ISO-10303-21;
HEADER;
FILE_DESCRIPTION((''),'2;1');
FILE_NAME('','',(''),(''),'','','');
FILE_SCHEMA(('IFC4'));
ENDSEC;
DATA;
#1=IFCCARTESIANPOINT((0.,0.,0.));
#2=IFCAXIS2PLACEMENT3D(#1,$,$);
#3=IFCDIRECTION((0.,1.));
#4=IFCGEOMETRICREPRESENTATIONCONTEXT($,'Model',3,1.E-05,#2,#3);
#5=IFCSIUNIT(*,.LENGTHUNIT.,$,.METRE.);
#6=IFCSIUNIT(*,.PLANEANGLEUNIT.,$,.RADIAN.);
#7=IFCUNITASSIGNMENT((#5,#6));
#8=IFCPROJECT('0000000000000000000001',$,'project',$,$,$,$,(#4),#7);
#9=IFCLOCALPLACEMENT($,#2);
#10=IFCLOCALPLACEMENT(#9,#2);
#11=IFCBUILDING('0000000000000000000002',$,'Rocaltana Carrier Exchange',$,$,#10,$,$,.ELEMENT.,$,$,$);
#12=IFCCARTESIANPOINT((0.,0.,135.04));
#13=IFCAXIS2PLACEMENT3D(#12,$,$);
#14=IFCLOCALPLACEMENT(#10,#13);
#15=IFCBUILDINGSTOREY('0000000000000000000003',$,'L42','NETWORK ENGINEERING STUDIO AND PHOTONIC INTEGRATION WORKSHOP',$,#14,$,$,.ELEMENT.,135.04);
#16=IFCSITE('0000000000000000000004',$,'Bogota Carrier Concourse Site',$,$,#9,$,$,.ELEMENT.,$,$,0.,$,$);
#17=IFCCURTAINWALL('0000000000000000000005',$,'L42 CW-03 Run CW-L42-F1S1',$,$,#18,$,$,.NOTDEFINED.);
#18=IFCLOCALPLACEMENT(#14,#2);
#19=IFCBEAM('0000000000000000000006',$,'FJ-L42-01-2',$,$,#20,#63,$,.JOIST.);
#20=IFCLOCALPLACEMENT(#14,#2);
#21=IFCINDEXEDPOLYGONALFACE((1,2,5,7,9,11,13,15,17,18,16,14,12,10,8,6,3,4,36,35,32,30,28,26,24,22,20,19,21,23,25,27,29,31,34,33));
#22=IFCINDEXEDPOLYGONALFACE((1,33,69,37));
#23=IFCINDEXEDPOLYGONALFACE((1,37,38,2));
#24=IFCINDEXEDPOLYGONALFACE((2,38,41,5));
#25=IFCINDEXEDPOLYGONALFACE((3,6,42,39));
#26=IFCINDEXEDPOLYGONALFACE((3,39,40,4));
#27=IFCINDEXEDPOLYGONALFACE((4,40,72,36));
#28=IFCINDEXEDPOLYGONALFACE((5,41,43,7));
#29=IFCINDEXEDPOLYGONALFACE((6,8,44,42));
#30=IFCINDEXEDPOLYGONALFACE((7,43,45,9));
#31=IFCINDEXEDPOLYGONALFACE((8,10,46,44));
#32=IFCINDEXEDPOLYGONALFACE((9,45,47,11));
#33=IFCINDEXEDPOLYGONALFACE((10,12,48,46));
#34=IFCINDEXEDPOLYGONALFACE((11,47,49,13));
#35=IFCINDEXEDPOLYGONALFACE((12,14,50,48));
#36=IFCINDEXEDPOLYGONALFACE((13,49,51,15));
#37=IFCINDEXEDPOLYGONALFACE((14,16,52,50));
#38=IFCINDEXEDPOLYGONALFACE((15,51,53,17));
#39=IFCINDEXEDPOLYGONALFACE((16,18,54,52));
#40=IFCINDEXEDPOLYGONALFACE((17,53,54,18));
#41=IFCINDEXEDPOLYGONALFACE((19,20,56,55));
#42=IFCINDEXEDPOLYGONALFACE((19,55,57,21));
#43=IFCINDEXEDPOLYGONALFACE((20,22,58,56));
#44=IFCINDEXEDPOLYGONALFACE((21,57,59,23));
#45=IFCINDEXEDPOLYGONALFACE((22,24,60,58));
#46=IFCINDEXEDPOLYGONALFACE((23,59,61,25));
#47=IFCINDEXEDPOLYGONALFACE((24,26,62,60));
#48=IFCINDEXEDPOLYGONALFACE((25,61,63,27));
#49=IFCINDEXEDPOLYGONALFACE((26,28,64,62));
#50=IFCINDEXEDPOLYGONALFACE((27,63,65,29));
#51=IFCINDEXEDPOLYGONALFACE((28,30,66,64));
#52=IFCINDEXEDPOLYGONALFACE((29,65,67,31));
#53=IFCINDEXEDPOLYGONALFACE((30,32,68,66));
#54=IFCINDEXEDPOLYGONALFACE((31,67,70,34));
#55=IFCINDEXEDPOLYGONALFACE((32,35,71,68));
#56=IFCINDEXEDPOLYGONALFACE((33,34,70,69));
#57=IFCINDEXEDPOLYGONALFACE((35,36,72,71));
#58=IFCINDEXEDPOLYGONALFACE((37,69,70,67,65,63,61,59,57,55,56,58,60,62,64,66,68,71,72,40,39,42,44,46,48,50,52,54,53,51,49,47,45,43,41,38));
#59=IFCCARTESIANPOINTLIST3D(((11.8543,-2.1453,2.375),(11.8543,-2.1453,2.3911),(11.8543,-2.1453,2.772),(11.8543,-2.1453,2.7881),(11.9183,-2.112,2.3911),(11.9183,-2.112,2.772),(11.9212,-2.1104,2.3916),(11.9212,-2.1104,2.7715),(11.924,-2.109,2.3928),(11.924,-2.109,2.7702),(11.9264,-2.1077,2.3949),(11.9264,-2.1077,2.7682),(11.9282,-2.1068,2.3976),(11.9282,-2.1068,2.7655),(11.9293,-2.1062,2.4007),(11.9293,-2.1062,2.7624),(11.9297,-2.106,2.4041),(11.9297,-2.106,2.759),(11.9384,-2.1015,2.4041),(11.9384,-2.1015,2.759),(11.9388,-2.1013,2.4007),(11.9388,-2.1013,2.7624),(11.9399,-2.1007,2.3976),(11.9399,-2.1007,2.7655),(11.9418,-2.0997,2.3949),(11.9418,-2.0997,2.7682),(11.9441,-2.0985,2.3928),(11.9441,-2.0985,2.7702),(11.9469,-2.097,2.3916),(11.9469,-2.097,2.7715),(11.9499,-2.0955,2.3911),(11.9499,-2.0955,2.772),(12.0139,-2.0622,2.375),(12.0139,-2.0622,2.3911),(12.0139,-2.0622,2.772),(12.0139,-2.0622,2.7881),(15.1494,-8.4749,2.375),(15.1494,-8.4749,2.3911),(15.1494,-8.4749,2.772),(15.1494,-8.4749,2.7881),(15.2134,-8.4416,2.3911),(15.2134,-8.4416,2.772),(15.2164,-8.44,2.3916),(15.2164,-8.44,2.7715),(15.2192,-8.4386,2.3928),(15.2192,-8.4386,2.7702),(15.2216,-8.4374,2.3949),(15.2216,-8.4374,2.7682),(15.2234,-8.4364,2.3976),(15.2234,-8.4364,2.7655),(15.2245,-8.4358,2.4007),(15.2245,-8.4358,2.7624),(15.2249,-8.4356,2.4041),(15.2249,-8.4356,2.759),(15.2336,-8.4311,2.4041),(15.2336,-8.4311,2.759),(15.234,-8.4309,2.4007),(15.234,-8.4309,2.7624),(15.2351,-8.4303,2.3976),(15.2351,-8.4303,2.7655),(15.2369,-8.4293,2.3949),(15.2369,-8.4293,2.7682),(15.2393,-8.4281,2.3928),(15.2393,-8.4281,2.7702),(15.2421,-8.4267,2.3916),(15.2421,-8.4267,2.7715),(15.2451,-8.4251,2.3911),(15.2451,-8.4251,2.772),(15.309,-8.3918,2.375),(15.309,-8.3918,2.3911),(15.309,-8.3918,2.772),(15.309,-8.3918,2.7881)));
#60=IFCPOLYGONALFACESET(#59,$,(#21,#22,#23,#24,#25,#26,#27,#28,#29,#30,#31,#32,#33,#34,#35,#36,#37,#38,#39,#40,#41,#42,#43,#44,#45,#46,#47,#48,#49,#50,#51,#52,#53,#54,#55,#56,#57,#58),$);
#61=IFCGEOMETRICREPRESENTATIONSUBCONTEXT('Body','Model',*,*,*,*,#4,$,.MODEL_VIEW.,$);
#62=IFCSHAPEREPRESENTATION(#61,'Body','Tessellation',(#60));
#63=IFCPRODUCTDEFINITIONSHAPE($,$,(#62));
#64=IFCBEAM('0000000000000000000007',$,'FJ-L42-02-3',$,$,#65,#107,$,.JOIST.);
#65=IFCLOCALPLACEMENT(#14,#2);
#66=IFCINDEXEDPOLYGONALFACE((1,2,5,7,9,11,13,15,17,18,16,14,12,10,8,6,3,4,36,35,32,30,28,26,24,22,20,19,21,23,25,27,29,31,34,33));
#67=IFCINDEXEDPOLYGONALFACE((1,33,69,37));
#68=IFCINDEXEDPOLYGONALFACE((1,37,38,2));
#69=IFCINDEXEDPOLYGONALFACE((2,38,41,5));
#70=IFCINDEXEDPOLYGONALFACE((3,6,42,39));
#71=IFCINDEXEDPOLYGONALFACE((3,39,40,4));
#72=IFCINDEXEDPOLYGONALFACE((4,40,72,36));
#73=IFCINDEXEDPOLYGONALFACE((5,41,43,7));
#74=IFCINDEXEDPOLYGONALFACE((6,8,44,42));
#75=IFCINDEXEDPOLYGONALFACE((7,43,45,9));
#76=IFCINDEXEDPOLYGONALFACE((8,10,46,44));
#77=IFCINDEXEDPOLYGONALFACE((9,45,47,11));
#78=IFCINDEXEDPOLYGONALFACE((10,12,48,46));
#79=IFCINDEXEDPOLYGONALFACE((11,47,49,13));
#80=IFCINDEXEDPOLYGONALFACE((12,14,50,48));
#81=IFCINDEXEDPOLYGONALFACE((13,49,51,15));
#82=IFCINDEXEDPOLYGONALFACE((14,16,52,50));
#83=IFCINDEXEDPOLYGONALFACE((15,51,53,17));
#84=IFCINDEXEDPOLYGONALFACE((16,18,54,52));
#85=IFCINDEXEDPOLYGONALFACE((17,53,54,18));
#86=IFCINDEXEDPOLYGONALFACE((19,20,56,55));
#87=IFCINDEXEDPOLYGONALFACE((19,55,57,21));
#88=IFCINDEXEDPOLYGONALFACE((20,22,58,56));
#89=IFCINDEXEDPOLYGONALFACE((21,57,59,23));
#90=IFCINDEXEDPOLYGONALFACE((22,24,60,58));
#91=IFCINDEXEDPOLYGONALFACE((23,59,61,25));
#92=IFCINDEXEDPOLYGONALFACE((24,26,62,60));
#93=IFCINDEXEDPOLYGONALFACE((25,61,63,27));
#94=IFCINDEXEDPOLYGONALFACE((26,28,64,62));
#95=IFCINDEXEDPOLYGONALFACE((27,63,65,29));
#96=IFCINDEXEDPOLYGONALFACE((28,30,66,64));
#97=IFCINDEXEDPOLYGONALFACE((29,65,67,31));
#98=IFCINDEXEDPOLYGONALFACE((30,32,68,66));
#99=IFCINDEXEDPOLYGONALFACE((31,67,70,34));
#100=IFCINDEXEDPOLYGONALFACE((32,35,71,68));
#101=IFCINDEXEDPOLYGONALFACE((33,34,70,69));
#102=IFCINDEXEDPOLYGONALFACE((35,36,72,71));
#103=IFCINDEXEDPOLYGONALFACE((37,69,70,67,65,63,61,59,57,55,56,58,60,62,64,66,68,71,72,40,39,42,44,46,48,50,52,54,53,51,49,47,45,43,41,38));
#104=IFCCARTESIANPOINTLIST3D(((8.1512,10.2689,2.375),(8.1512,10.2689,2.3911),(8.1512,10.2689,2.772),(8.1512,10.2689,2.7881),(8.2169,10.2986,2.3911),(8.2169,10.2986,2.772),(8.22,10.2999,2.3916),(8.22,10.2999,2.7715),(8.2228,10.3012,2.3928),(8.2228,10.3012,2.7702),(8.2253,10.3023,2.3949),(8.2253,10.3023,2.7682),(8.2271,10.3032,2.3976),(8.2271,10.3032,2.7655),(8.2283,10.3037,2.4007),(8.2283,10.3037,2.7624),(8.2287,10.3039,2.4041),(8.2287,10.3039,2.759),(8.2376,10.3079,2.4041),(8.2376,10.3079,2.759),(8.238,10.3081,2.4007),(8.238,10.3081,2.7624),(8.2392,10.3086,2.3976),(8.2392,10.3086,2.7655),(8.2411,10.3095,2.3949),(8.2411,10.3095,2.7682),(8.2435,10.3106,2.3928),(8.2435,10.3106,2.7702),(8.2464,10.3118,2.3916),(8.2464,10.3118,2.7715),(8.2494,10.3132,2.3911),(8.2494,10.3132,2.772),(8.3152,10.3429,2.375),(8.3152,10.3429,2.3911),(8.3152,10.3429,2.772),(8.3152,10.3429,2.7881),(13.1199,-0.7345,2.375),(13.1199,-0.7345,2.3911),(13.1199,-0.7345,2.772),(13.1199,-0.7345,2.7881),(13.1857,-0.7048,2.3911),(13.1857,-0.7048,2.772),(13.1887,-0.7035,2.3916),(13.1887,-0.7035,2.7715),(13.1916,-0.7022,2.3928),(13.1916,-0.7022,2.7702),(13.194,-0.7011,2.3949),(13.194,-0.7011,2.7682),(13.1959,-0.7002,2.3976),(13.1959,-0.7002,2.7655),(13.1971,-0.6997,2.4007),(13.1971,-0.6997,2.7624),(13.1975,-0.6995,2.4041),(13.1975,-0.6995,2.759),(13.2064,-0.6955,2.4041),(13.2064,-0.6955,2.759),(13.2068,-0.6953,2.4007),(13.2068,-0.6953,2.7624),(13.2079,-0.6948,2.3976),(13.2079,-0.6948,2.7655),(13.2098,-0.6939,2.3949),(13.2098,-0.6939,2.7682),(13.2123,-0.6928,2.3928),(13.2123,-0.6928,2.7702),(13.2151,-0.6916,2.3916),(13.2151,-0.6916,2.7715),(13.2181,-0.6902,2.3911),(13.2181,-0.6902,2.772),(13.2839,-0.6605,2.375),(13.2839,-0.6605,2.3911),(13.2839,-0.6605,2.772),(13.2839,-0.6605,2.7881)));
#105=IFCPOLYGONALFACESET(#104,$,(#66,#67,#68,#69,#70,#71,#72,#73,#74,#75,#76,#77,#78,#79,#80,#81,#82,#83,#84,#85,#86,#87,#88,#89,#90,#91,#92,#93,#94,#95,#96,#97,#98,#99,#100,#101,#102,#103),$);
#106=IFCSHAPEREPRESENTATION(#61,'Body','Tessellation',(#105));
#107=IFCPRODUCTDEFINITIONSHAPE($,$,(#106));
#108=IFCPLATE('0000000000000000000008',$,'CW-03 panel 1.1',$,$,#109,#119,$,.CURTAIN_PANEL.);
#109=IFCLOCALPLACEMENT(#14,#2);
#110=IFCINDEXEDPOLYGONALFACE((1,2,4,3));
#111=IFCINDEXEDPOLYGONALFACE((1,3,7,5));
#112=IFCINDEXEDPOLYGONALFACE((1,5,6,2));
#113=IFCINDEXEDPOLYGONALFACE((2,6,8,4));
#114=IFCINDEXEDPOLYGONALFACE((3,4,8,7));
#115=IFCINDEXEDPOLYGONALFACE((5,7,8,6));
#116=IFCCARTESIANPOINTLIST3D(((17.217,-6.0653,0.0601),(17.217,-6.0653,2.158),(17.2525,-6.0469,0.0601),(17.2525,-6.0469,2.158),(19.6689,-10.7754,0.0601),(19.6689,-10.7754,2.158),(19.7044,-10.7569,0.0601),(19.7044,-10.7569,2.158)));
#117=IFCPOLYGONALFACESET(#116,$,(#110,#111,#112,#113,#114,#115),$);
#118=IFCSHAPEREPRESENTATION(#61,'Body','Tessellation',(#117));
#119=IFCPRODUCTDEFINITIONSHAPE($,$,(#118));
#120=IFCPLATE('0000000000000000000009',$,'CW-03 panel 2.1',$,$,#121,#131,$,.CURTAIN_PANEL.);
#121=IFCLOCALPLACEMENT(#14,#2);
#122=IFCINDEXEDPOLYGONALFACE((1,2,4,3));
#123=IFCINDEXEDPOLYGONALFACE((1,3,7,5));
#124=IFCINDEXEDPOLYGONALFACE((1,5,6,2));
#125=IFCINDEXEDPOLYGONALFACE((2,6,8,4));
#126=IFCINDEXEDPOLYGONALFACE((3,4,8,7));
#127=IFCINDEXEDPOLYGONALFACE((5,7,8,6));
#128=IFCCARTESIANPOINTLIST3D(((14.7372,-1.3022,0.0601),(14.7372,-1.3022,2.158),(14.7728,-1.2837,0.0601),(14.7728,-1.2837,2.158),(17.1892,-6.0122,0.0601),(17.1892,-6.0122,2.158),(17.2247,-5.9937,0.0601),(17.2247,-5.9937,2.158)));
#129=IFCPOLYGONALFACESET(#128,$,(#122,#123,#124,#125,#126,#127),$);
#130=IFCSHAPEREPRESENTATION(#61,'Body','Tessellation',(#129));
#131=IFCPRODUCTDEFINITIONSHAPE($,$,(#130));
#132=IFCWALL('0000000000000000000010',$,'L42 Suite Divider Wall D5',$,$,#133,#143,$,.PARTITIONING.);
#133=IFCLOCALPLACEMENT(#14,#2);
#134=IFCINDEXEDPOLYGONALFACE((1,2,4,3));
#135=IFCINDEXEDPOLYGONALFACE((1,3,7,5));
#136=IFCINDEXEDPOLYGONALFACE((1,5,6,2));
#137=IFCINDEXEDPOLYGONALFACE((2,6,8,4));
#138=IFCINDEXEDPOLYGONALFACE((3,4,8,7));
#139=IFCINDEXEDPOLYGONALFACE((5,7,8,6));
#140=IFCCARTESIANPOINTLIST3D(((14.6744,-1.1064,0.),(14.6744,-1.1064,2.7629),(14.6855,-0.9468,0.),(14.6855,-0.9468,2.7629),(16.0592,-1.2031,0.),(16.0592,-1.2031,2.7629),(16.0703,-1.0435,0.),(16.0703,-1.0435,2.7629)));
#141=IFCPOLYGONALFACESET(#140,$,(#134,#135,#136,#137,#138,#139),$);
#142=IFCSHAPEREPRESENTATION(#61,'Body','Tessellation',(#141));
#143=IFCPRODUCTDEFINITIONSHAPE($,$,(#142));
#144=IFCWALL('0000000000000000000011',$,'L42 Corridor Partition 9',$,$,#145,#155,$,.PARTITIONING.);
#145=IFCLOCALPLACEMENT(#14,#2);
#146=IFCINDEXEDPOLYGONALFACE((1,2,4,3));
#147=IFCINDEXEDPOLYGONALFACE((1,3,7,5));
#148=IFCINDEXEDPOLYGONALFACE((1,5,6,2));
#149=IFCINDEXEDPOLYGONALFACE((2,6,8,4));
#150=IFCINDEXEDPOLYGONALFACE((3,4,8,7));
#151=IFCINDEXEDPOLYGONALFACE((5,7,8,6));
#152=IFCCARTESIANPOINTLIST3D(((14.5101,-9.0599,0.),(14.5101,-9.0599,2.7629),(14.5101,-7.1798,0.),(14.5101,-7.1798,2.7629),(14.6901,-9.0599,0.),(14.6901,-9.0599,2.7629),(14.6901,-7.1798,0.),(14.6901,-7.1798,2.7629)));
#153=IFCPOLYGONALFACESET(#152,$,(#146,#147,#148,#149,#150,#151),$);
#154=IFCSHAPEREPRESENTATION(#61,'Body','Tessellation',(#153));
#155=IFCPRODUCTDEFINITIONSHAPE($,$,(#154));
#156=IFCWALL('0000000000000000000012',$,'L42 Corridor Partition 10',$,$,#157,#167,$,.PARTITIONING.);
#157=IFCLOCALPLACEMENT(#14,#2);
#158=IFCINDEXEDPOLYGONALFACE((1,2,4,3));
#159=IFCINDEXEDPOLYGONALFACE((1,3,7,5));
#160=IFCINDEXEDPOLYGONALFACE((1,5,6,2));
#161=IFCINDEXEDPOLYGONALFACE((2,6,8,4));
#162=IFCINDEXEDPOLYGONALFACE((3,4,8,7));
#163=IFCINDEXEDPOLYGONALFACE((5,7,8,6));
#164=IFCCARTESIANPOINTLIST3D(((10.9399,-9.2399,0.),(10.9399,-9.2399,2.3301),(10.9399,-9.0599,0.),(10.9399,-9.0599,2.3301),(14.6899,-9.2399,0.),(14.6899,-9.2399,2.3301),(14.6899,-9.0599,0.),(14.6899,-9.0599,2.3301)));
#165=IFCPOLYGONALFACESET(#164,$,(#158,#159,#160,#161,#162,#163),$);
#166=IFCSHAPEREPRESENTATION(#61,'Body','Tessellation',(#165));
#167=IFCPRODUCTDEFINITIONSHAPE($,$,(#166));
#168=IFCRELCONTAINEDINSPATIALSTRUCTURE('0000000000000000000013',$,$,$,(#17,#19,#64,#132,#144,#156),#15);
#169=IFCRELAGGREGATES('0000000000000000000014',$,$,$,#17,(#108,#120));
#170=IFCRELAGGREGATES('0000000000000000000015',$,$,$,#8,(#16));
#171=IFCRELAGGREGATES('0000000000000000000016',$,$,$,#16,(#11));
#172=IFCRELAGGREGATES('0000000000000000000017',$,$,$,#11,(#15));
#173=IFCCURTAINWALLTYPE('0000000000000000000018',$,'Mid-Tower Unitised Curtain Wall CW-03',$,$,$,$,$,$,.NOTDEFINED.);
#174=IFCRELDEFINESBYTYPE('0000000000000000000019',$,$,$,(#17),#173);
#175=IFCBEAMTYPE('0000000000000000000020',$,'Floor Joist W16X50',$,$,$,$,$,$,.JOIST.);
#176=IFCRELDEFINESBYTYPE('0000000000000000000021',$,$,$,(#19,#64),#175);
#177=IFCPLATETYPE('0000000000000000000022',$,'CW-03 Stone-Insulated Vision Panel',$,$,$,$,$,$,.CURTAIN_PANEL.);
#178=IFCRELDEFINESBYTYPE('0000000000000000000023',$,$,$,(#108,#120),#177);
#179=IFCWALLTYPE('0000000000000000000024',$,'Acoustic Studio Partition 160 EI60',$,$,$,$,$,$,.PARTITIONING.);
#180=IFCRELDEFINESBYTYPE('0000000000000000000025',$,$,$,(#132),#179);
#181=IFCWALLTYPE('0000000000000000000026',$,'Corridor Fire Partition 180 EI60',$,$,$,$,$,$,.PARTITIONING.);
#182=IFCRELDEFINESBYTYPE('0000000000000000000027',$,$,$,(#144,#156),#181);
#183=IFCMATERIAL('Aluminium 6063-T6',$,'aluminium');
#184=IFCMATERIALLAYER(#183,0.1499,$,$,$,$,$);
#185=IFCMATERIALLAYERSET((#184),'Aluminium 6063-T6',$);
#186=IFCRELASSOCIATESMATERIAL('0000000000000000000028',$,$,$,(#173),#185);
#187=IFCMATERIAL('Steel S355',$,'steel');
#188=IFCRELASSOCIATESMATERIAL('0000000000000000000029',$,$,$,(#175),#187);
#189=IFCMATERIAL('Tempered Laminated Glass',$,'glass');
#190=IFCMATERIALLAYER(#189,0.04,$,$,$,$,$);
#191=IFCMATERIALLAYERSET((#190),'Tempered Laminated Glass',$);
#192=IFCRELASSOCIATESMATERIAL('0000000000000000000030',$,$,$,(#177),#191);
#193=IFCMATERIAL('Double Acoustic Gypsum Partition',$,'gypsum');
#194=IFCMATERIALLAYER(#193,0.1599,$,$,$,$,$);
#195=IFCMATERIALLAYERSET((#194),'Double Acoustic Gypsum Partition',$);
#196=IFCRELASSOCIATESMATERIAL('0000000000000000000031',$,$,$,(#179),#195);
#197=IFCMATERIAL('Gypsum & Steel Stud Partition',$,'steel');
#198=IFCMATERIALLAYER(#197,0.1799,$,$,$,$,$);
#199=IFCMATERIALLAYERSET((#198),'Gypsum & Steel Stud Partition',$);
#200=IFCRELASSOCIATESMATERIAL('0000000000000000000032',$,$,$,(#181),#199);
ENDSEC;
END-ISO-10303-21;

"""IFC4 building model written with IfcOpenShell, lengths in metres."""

from ifc_helpers import new_model, si_unit, direction, frame, frame_2d, origin, origin_2d, place, context, subcontext, project, spatial, rectangle, i_section, extrude, material, layer, layer_set, material_profile, profile_set, type_object, element, aggregate, save


model = new_model("IFC4")

# Units and contexts
model_context = context("Model", 3, precision=1e-05, world=origin(), true_north=direction((0.0, 1.0)))
body_context = subcontext(model_context, "Body", "Model", "MODEL_VIEW")
ifc_project = project(units=[si_unit("LENGTHUNIT", "METRE"), si_unit("PLANEANGLEUNIT", "RADIAN")], contexts=[model_context])

# Site, building, storey
site_placement = place(None, origin())
site = spatial("IfcSite", under=ifc_project, at=site_placement, Name="Bogota Carrier Concourse Site", CompositionType="ELEMENT", RefElevation=0.0)
building_placement = place(site_placement, origin())
building = spatial("IfcBuilding", under=site, at=building_placement, Name="Rocaltana Carrier Exchange", CompositionType="ELEMENT")
storey_placement = place(building_placement, frame((0.0, 0.0, 135.04)))
storey = spatial("IfcBuildingStorey", under=building, at=storey_placement, Name="L42", Description="NETWORK ENGINEERING STUDIO AND PHOTONIC INTEGRATION WORKSHOP", CompositionType="ELEMENT", Elevation=135.04)

# Curtain wall
ifc_material_1 = material(Name="Aluminium 6063-T6", Category="aluminium")
ifc_layer_1 = layer(ifc_material_1, 0.1499)
ifc_layer_set_1 = layer_set([ifc_layer_1], Name="Aluminium 6063-T6")
curtain_wall_type = type_object("IfcCurtainWallType", Name="Mid-Tower Unitised Curtain Wall CW-03", PredefinedType="NOTDEFINED", material=ifc_layer_set_1)
curtain_wall_placement = place(storey_placement, origin())
curtain_wall = element("IfcCurtainWall", 1, at=curtain_wall_placement, inside=storey, type_object=curtain_wall_type, Name="L42 CW-03 Run CW-L42-F1S1", PredefinedType="NOTDEFINED")

# Beams
ifc_material_2 = material(Name="Steel S355", Category="steel")
ifc_material_profile_1 = material_profile(ifc_material_2, i_section(OverallWidth=0.1799, OverallDepth=0.4131, WebThickness=0.0098, FlangeThickness=0.0161, FilletRadius=0.0129, at=origin_2d()), Name="W16X50")
ifc_profile_set_1 = profile_set([ifc_material_profile_1], Name="Steel S355")
beam_type = type_object("IfcBeamType", Name="Floor Joist W16X50", PredefinedType="JOIST", material=ifc_profile_set_1)
beam_1_placement = place(storey_placement, frame((15.2292, -8.4333, 2.5815), z_axis=(-0.46177, 0.887, 0.0), x_axis=(-0.887, -0.46177, 0.0)))
element("IfcBeam", 2, at=beam_1_placement, inside=storey, type_object=beam_type, Name="FJ-L42-01-2", PredefinedType="JOIST", context=body_context, shape_type="SweptSolid", body=[
    extrude(i_section(OverallWidth=0.1799, OverallDepth=0.4131, WebThickness=0.0098, FlangeThickness=0.0161, FilletRadius=0.0129, at=origin_2d()), origin(), (0.0, 0.0, 1.0), 7.136),
])
beam_2_placement = place(storey_placement, frame((13.2019, -0.6975, 2.5815), z_axis=(-0.41155, 0.911387, 0.0), x_axis=(-0.911387, -0.41155, 0.0)))
element("IfcBeam", 3, at=beam_2_placement, inside=storey, type_object=beam_type, Name="FJ-L42-02-3", PredefinedType="JOIST", context=body_context, shape_type="SweptSolid", body=[
    extrude(i_section(OverallWidth=0.1799, OverallDepth=0.4131, WebThickness=0.0098, FlangeThickness=0.0161, FilletRadius=0.0129, at=origin_2d()), origin(), (0.0, 0.0, 1.0), 12.0732),
])

# Plates
ifc_material_3 = material(Name="Tempered Laminated Glass", Category="glass")
ifc_layer_2 = layer(ifc_material_3, 0.04)
ifc_layer_set_2 = layer_set([ifc_layer_2], Name="Tempered Laminated Glass")
plate_type = type_object("IfcPlateType", Name="CW-03 Stone-Insulated Vision Panel", PredefinedType="CURTAIN_PANEL", material=ifc_layer_set_2)
plate_1_placement = place(storey_placement, frame((18.4607, -8.4111, 0.0601), z_axis=(0.0, 0.0, 1.0), x_axis=(-0.46175, 0.88701, 0.0)))
plate_1 = element("IfcPlate", 4, at=plate_1_placement, type_object=plate_type, Name="CW-03 panel 1.1", PredefinedType="CURTAIN_PANEL", context=body_context, shape_type="SweptSolid", body=[
    extrude(rectangle(XDim=5.3101, YDim=0.04, at=origin_2d()), origin(), (0.0, 0.0, 1.0), 2.0979),
])
plate_2_placement = place(storey_placement, frame((15.981, -3.6479, 0.0601), z_axis=(0.0, 0.0, 1.0), x_axis=(-0.46175, 0.88701, 0.0)))
plate_2 = element("IfcPlate", 5, at=plate_2_placement, type_object=plate_type, Name="CW-03 panel 2.1", PredefinedType="CURTAIN_PANEL", context=body_context, shape_type="SweptSolid", body=[
    extrude(rectangle(XDim=5.3101, YDim=0.04, at=origin_2d()), origin(), (0.0, 0.0, 1.0), 2.0979),
])
aggregate(curtain_wall, [plate_1, plate_2])

# Walls
ifc_material_4 = material(Name="Double Acoustic Gypsum Partition", Category="gypsum")
ifc_layer_3 = layer(ifc_material_4, 0.1599)
ifc_layer_set_3 = layer_set([ifc_layer_3], Name="Double Acoustic Gypsum Partition")
wall_type_1 = type_object("IfcWallType", Name="Acoustic Studio Partition 160 EI60", PredefinedType="PARTITIONING", material=ifc_layer_set_3)
wall_1_placement = place(storey_placement, frame((14.6799, -1.0266, 0.0), z_axis=(0.0, 0.0, 1.0), x_axis=(0.997572, -0.069647, 0.0)))
element("IfcWall", 6, at=wall_1_placement, inside=storey, type_object=wall_type_1, Name="L42 Suite Divider Wall D5", PredefinedType="PARTITIONING", context=body_context, shape_type="SweptSolid", body=[
    extrude(rectangle(XDim=1.3882, YDim=0.1599, at=frame_2d((0.6941, 0.0))), origin(), (0.0, 0.0, 1.0), 2.7629),
])
ifc_material_5 = material(Name="Gypsum & Steel Stud Partition", Category="steel")
ifc_layer_4 = layer(ifc_material_5, 0.1799)
ifc_layer_set_4 = layer_set([ifc_layer_4], Name="Gypsum & Steel Stud Partition")
wall_type_2 = type_object("IfcWallType", Name="Corridor Fire Partition 180 EI60", PredefinedType="PARTITIONING", material=ifc_layer_set_4)
wall_2_placement = place(storey_placement, frame((14.6001, -7.1799, 0.0), z_axis=(0.0, 0.0, 1.0), x_axis=(0.0, -1.0, 0.0)))
element("IfcWall", 7, at=wall_2_placement, inside=storey, type_object=wall_type_2, Name="L42 Corridor Partition 9", PredefinedType="PARTITIONING", context=body_context, shape_type="SweptSolid", body=[
    extrude(rectangle(XDim=1.8801, YDim=0.1799, at=frame_2d((0.9399, 0.0))), origin(), (0.0, 0.0, 1.0), 2.7629),
])
wall_3_placement = place(storey_placement, frame((14.6899, -9.1499, 0.0), z_axis=(0.0, 0.0, 1.0), x_axis=(-1.0, 0.0, 0.0)))
element("IfcWall", 8, at=wall_3_placement, inside=storey, type_object=wall_type_2, Name="L42 Corridor Partition 10", PredefinedType="PARTITIONING", context=body_context, shape_type="SweptSolid", body=[
    extrude(rectangle(XDim=3.75, YDim=0.1799, at=frame_2d((1.875, 0.0))), origin(), (0.0, 0.0, 1.0), 2.3301),
])

save(model, "model.ifc")
